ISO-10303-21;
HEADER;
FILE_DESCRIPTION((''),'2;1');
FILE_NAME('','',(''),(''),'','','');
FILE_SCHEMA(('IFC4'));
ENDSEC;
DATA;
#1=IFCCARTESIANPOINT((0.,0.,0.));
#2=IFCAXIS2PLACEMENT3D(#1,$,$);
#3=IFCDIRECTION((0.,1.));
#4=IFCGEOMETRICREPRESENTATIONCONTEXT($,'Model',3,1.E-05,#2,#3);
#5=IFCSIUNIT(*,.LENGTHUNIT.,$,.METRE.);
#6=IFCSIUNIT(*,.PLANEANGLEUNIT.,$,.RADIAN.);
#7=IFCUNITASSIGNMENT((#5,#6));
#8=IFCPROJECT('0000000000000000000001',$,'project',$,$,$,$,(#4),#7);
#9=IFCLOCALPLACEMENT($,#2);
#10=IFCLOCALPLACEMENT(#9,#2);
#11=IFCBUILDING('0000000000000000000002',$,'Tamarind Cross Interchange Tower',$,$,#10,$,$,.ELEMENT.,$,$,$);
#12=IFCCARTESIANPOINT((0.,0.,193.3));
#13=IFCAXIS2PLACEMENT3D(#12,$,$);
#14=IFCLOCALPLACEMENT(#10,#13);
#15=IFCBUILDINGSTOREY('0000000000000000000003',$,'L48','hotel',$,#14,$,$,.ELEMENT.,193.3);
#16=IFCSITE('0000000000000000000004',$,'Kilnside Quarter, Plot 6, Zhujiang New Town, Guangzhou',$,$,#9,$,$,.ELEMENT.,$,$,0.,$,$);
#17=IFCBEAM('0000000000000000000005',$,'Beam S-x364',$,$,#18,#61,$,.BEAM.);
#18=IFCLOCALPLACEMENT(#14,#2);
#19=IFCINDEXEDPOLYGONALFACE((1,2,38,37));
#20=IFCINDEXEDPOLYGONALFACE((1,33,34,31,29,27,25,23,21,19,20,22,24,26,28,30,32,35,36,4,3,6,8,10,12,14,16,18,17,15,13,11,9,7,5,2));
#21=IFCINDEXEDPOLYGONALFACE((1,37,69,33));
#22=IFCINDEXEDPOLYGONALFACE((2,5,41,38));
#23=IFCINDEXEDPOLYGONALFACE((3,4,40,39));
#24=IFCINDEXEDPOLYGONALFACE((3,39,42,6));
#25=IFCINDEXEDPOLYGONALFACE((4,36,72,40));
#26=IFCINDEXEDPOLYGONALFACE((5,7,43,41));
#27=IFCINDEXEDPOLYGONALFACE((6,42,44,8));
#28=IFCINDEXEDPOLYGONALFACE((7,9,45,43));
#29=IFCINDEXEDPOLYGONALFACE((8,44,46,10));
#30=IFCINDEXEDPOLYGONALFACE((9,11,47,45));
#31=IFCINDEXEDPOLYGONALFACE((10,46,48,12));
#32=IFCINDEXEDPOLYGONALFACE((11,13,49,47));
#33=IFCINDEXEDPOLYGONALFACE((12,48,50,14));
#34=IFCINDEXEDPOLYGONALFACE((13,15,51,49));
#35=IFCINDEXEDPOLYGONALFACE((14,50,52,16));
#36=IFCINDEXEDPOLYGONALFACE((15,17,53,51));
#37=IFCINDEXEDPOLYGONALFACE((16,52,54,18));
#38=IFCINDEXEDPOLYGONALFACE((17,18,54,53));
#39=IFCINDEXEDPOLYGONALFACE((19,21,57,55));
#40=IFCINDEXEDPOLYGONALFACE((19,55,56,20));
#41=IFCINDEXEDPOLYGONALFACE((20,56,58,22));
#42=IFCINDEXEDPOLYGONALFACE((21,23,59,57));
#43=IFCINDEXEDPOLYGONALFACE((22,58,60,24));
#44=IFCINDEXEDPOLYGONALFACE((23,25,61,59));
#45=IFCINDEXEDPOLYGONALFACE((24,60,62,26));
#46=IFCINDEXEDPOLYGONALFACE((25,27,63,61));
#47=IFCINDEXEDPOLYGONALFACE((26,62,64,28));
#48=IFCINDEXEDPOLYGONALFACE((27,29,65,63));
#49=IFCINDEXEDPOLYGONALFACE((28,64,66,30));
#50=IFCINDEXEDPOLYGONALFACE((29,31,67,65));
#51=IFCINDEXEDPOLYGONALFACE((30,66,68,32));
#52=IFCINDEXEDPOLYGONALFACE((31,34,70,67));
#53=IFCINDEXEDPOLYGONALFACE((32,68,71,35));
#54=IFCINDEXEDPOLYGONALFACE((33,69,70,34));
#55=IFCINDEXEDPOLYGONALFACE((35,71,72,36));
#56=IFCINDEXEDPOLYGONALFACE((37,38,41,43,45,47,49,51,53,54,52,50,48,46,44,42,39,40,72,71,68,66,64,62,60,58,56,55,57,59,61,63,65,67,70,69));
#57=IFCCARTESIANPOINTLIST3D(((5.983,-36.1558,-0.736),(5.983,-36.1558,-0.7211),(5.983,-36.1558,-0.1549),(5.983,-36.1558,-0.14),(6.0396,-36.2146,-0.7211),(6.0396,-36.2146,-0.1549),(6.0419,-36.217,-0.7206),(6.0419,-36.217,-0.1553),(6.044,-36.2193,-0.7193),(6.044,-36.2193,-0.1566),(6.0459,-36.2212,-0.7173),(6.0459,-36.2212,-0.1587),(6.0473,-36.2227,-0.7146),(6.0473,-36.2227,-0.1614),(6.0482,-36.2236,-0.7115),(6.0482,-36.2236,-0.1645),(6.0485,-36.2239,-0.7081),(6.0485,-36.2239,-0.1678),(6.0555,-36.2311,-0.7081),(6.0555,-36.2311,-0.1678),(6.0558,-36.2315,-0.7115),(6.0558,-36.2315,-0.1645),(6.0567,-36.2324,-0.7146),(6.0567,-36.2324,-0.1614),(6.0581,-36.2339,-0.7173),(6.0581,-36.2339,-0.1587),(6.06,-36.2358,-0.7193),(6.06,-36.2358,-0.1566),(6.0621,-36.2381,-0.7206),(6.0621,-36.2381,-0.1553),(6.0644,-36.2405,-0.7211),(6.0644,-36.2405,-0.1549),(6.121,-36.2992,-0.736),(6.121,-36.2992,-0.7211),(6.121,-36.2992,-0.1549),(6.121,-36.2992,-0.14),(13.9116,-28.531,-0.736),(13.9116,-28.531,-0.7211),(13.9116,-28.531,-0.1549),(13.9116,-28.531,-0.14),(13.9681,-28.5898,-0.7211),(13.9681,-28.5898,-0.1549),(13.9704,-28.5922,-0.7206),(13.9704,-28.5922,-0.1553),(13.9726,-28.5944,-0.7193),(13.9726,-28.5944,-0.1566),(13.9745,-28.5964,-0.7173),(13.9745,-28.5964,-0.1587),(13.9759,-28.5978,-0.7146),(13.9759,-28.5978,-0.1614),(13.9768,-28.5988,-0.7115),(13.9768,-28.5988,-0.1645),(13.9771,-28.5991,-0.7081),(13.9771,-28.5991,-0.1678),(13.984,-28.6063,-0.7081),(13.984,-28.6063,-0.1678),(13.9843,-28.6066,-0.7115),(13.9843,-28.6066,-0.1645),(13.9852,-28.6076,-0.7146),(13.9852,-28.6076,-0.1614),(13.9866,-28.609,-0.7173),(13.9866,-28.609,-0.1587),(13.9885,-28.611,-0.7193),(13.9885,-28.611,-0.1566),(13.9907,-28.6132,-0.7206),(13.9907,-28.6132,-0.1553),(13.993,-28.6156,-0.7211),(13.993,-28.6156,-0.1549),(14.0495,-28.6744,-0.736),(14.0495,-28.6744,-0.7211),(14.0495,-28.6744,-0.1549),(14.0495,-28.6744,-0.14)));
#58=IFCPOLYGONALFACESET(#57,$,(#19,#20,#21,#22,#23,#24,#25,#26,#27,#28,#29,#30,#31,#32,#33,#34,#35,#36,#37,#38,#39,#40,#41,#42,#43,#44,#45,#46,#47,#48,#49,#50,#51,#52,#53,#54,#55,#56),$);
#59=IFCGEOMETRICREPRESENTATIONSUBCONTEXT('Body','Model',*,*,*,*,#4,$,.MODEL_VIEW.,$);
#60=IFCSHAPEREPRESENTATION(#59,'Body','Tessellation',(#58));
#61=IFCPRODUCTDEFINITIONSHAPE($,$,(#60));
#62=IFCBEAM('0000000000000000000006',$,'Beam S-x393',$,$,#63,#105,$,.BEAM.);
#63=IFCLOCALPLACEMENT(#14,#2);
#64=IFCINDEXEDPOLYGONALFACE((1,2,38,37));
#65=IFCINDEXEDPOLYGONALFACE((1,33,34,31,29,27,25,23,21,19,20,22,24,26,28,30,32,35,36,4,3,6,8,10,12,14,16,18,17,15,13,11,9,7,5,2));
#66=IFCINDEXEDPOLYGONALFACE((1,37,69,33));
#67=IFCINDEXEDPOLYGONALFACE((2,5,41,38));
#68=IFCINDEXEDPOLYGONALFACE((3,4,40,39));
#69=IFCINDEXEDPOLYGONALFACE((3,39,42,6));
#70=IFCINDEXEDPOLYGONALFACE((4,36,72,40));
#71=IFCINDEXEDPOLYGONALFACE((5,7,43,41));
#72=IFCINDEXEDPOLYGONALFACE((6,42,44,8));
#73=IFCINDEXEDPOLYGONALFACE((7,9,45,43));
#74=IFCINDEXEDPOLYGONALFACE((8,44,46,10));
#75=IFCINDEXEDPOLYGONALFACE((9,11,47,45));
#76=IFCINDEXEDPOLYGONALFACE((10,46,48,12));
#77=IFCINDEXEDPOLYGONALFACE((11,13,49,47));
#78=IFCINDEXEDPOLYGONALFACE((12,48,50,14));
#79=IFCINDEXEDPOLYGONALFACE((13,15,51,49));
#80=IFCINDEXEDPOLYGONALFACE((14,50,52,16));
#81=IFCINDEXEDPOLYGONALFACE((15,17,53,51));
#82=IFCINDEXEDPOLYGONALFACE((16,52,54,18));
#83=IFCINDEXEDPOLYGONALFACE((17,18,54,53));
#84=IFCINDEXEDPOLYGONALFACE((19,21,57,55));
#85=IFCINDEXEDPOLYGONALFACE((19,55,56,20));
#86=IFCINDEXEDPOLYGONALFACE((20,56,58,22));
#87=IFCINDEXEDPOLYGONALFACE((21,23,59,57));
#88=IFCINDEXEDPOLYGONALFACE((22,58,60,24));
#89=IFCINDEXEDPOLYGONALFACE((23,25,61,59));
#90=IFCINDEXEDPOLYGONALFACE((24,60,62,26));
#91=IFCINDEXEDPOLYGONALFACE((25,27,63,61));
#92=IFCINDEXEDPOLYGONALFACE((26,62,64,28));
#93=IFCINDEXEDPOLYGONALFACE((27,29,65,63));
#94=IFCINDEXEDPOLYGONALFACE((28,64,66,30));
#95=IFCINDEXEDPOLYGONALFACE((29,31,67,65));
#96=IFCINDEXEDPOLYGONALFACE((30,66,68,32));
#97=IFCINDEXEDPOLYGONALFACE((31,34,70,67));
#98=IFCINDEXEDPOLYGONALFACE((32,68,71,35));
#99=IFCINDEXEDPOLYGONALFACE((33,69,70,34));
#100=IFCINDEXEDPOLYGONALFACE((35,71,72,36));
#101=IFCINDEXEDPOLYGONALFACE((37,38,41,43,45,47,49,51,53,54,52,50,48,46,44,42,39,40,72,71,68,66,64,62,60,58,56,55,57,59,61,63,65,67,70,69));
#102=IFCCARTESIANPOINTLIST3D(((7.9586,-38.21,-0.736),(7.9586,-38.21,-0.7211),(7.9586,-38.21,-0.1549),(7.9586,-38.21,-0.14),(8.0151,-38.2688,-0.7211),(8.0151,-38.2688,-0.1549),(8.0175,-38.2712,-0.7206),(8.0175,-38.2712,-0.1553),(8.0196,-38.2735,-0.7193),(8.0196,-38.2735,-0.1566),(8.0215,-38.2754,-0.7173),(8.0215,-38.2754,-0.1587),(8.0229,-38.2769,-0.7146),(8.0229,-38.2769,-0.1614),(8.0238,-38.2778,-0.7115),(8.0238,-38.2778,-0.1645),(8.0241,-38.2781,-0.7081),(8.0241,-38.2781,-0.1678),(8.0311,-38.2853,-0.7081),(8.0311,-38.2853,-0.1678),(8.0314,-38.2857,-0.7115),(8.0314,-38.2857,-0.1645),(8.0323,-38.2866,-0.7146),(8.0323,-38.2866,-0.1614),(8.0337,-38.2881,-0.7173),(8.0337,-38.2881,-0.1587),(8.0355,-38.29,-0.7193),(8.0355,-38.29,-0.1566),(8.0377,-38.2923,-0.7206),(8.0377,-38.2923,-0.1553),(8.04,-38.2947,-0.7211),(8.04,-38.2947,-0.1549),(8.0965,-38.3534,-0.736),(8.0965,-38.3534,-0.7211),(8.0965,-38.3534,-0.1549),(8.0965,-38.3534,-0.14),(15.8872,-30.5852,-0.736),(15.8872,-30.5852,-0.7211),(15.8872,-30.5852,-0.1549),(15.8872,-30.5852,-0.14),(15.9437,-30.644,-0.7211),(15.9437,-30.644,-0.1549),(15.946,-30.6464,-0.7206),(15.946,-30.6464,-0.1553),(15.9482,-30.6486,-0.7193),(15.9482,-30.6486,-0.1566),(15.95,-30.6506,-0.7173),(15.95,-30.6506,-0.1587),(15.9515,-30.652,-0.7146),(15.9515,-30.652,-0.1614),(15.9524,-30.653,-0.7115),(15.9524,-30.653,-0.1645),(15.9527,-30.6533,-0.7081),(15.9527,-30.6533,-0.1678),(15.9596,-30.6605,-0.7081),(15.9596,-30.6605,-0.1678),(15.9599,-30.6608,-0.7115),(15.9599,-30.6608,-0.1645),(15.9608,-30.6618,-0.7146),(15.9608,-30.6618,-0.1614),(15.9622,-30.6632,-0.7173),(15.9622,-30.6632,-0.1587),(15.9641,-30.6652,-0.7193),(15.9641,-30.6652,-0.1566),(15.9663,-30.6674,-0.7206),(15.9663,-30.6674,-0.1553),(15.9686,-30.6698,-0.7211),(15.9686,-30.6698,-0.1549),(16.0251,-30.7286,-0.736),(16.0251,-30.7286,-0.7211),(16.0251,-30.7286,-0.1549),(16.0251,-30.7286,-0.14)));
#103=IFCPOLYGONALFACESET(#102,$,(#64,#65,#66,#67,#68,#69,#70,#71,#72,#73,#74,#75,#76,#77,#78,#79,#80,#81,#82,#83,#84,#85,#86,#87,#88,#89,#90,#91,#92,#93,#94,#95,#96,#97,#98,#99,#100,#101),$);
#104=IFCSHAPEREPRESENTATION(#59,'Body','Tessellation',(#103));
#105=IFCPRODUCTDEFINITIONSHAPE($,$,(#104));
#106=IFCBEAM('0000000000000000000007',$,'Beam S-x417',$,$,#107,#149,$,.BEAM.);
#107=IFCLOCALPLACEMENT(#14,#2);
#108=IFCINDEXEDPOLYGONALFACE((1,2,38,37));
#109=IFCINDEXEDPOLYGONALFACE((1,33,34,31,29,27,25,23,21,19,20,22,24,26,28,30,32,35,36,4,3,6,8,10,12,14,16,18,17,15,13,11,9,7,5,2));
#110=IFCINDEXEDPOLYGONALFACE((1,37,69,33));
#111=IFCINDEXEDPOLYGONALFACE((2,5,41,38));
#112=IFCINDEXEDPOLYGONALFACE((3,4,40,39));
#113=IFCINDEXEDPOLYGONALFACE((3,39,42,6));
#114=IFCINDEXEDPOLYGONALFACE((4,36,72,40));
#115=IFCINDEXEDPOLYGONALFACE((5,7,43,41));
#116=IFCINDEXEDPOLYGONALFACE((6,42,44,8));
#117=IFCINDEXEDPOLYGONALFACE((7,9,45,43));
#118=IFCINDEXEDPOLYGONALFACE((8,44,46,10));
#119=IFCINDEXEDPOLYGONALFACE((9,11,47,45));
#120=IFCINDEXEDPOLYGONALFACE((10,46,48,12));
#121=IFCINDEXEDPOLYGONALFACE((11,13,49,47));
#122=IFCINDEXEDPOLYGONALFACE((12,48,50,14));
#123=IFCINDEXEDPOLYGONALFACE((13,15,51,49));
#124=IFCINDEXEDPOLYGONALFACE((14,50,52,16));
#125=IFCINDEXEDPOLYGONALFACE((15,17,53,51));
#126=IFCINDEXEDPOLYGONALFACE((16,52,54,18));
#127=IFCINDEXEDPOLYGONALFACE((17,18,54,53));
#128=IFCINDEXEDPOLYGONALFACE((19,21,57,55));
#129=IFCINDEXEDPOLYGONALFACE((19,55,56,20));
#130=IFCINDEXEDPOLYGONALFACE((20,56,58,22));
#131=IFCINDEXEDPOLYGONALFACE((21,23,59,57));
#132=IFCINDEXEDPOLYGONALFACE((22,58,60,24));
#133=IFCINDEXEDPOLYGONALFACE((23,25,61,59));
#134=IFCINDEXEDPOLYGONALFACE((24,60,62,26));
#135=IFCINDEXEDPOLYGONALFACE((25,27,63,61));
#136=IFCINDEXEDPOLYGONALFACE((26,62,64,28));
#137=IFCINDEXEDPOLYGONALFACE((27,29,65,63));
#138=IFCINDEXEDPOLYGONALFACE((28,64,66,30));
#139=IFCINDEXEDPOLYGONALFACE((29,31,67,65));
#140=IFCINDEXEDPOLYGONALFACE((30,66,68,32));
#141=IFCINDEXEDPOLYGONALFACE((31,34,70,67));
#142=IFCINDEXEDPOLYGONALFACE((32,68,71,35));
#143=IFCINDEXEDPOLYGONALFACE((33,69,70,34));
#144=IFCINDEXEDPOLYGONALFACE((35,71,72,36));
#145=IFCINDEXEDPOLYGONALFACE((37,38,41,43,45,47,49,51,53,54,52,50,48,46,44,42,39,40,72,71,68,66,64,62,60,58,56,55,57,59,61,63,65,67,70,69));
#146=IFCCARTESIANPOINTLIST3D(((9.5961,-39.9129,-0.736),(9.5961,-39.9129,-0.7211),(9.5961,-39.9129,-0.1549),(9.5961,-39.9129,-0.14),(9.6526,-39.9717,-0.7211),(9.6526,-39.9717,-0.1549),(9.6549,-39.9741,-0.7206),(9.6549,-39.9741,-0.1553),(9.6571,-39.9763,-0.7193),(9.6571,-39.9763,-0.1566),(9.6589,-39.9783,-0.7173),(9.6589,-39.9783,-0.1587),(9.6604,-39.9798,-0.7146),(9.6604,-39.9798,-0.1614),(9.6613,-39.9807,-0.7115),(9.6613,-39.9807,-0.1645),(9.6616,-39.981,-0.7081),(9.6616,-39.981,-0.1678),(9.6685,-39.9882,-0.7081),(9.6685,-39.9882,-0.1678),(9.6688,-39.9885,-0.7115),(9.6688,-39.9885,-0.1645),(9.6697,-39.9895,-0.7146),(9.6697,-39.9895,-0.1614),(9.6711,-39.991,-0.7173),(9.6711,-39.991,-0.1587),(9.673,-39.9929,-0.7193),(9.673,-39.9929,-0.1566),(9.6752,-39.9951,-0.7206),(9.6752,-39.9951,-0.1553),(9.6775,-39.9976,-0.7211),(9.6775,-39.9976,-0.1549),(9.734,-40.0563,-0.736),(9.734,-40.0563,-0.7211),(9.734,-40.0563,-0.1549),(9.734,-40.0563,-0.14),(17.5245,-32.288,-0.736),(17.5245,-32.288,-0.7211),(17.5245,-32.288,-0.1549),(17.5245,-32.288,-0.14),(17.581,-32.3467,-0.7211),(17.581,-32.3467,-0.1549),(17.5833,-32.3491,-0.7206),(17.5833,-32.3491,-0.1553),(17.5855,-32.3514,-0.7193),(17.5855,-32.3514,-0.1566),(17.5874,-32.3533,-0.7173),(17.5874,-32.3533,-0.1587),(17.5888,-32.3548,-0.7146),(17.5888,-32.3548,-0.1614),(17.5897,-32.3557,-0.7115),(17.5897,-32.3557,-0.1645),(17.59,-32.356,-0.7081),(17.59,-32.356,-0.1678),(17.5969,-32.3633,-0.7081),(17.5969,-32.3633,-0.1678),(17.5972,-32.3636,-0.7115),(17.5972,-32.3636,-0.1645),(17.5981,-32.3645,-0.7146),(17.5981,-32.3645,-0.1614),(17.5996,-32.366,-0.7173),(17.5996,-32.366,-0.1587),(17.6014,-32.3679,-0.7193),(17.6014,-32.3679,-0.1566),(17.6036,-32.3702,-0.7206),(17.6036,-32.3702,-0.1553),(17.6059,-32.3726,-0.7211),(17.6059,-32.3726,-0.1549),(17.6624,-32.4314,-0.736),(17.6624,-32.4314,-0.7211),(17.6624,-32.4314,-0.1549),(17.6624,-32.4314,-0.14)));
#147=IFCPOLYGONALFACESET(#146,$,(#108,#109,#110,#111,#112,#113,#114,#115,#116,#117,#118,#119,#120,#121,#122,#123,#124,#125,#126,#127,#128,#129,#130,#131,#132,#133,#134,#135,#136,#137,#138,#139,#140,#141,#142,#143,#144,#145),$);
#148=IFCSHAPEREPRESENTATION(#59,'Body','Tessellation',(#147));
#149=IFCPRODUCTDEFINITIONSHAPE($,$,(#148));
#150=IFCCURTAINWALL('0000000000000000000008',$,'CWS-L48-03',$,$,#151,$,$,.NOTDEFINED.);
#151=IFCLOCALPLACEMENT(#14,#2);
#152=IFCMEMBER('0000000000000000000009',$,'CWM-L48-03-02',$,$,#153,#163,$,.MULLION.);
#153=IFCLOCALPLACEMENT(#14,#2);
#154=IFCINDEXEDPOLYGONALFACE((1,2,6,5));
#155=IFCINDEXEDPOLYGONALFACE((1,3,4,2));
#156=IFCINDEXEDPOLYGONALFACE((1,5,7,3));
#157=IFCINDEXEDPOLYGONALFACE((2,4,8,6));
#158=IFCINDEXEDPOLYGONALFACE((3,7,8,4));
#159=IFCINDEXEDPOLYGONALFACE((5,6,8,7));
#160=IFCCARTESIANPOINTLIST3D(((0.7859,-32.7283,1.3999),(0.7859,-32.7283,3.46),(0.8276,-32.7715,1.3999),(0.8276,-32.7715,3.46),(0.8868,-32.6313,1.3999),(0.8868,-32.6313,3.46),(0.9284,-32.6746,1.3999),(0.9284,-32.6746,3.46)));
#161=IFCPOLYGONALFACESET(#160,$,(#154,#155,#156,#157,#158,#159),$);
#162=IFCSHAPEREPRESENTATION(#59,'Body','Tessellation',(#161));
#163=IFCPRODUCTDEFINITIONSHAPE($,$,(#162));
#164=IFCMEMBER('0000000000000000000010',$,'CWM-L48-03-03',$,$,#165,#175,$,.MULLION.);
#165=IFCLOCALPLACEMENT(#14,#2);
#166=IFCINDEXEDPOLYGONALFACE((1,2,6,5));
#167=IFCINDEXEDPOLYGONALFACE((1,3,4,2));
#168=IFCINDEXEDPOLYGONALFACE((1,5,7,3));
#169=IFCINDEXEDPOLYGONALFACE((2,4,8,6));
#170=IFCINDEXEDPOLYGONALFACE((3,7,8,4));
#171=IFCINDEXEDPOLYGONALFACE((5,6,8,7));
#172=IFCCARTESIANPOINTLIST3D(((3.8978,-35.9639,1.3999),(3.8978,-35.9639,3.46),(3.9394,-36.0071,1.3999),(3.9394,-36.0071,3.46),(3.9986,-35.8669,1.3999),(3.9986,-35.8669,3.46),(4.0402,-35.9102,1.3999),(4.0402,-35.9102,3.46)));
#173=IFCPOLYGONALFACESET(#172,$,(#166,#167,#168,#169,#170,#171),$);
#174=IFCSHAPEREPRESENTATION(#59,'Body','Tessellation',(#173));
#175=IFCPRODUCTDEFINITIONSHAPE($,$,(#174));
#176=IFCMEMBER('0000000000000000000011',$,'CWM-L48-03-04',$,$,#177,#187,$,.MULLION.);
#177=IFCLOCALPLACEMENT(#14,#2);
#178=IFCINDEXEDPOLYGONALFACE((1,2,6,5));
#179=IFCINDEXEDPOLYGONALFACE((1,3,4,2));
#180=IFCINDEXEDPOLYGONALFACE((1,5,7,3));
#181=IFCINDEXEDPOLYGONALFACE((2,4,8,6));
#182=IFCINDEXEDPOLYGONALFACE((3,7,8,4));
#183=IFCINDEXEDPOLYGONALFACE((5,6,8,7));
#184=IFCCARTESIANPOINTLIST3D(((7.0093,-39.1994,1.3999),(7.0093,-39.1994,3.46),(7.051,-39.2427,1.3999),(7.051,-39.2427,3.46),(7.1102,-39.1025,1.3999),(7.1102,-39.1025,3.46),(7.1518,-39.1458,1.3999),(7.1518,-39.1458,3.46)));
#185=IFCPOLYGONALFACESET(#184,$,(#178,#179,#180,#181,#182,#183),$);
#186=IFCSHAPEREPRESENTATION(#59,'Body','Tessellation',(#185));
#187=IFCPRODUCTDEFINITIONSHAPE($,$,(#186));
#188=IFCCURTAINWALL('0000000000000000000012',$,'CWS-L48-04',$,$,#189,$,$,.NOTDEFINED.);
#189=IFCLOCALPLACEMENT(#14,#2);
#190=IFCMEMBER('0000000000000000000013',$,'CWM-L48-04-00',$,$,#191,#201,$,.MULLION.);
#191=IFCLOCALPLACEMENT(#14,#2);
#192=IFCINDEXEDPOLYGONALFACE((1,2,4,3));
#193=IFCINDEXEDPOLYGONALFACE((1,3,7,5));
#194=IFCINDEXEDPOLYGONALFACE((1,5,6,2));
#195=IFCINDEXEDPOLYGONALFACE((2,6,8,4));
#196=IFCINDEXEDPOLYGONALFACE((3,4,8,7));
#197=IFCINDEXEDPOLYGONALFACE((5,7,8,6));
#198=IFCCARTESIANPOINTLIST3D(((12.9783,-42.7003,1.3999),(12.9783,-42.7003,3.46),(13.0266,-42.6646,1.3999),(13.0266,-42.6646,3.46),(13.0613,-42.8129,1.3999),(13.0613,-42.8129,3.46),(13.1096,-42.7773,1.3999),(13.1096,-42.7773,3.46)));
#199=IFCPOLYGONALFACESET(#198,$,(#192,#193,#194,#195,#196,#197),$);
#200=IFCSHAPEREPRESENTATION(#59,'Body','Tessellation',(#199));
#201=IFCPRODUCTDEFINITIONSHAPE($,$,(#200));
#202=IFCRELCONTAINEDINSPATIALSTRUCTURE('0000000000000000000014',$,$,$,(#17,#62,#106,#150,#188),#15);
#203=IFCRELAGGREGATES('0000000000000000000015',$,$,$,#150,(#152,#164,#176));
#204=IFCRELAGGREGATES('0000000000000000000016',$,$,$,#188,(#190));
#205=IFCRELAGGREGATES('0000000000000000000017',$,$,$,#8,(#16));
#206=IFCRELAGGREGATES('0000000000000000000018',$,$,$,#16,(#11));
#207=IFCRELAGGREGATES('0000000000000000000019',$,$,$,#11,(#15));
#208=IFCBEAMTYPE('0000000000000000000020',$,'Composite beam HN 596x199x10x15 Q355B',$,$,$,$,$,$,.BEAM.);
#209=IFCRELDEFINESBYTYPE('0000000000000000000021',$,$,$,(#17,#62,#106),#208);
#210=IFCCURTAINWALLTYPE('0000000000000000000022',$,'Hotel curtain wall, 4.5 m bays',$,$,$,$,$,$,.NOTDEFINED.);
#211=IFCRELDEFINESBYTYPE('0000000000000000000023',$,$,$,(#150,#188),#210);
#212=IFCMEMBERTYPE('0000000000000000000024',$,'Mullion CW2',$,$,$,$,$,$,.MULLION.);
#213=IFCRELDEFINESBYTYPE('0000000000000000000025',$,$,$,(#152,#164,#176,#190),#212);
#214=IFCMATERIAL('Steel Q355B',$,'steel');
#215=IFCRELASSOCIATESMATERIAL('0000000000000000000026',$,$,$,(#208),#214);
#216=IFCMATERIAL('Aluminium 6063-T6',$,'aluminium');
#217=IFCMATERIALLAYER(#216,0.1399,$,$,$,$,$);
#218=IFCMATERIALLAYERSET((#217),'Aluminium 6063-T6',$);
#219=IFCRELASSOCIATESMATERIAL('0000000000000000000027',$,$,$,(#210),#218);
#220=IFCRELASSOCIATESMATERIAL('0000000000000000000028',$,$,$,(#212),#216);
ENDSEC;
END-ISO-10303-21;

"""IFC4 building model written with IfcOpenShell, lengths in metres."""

from ifc_helpers import new_model, si_unit, direction, frame, origin, origin_2d, place, context, subcontext, project, spatial, rectangle, i_section, extrude, material, layer, layer_set, material_profile, profile_set, type_object, element, aggregate, save


model = new_model("IFC4")

# Units and contexts
model_context = context("Model", 3, precision=1e-05, world=origin(), true_north=direction((0.0, 1.0)))
body_context = subcontext(model_context, "Body", "Model", "MODEL_VIEW")
ifc_project = project(units=[si_unit("LENGTHUNIT", "METRE"), si_unit("PLANEANGLEUNIT", "RADIAN")], contexts=[model_context])

# Site, building, storey
site_placement = place(None, origin())
site = spatial("IfcSite", under=ifc_project, at=site_placement, Name="Kilnside Quarter, Plot 6, Zhujiang New Town, Guangzhou", CompositionType="ELEMENT", RefElevation=0.0)
building_placement = place(site_placement, origin())
building = spatial("IfcBuilding", under=site, at=building_placement, Name="Tamarind Cross Interchange Tower", CompositionType="ELEMENT")
storey_placement = place(building_placement, frame((0.0, 0.0, 193.3)))
storey = spatial("IfcBuildingStorey", under=building, at=storey_placement, Name="L48", Description="hotel", CompositionType="ELEMENT", Elevation=193.3)

# Beams
ifc_material_1 = material(Name="Steel Q355B", Category="steel")
ifc_material_profile_1 = material_profile(ifc_material_1, i_section(OverallWidth=0.199, OverallDepth=0.5959, WebThickness=0.01, FlangeThickness=0.0149, FilletRadius=0.0129, at=origin_2d()), Name="HN 596x199x10x15")
ifc_profile_set_1 = profile_set([ifc_material_profile_1], Name="Steel Q355B")
beam_type_1 = type_object("IfcBeamType", Name="Composite beam HN 596x199x10x15 Q355B", PredefinedType="BEAM", material=ifc_profile_set_1)
for number, where, z_axis, x_axis, name in (
    (1, (6.052, -36.2275, -0.438), (0.720777, 0.693167, 0.0), (-0.693167, 0.720777, 0.0), "Beam S-x364"),
    (2, (8.0276, -38.2817, -0.438), (0.720777, 0.693167, 0.0), (-0.693167, 0.720777, 0.0), "Beam S-x393"),
    (3, (9.665, -39.9846, -0.438), (0.720766, 0.693178, 0.0), (-0.693178, 0.720766, 0.0), "Beam S-x417"),
):
    element("IfcBeam", number, at=place(storey_placement, frame(where, z_axis=z_axis, x_axis=x_axis)), inside=storey, type_object=beam_type_1, Name=name, PredefinedType="BEAM", context=body_context, shape_type="SweptSolid", body=[
        extrude(i_section(OverallWidth=0.199, OverallDepth=0.5959, WebThickness=0.01, FlangeThickness=0.0149, FilletRadius=0.0129, at=origin_2d()), origin(), (0.0, 0.0, 1.0), 11.0),
    ])

# Curtain walls, members
ifc_material_2 = material(Name="Aluminium 6063-T6", Category="aluminium")
ifc_layer_1 = layer(ifc_material_2, 0.1399)
ifc_layer_set_1 = layer_set([ifc_layer_1], Name="Aluminium 6063-T6")
curtain_wall_type = type_object("IfcCurtainWallType", Name="Hotel curtain wall, 4.5 m bays", PredefinedType="NOTDEFINED", material=ifc_layer_set_1)
curtain_wall_1_placement = place(storey_placement, origin())
curtain_wall_1 = element("IfcCurtainWall", 4, at=curtain_wall_1_placement, inside=storey, type_object=curtain_wall_type, Name="CWS-L48-03", PredefinedType="NOTDEFINED")
ifc_material_profile_2 = material_profile(ifc_material_2, rectangle(XDim=0.0601, YDim=0.1399, at=origin_2d()), Name="Mullion CW2")
ifc_profile_set_2 = profile_set([ifc_material_profile_2], Name="Aluminium 6063-T6")
member_type = type_object("IfcMemberType", Name="Mullion CW2", PredefinedType="MULLION", material=ifc_profile_set_2)
member_1_placement = place(storey_placement, frame((0.8572, -32.7014, 1.3999), z_axis=(0.0, 0.0, 1.0), x_axis=(0.69317, -0.720774, 0.0)))
member_1 = element("IfcMember", 5, at=member_1_placement, type_object=member_type, Name="CWM-L48-03-02", PredefinedType="MULLION", context=body_context, shape_type="SweptSolid", body=[
    extrude(rectangle(XDim=0.0601, YDim=0.1399, at=origin_2d()), origin(), (0.0, 0.0, 1.0), 2.0601),
])
member_2_placement = place(storey_placement, frame((3.969, -35.937, 1.3999), z_axis=(0.0, 0.0, 1.0), x_axis=(0.69317, -0.720774, 0.0)))
member_2 = element("IfcMember", 6, at=member_2_placement, type_object=member_type, Name="CWM-L48-03-03", PredefinedType="MULLION", context=body_context, shape_type="SweptSolid", body=[
    extrude(rectangle(XDim=0.0601, YDim=0.1399, at=origin_2d()), origin(), (0.0, 0.0, 1.0), 2.0601),
])
member_3_placement = place(storey_placement, frame((7.0806, -39.1726, 1.3999), z_axis=(0.0, 0.0, 1.0), x_axis=(0.69317, -0.720774, 0.0)))
member_3 = element("IfcMember", 7, at=member_3_placement, type_object=member_type, Name="CWM-L48-03-04", PredefinedType="MULLION", context=body_context, shape_type="SweptSolid", body=[
    extrude(rectangle(XDim=0.0601, YDim=0.1399, at=origin_2d()), origin(), (0.0, 0.0, 1.0), 2.0601),
])
aggregate(curtain_wall_1, [member_1, member_2, member_3])
curtain_wall_2_placement = place(storey_placement, origin())
curtain_wall_2 = element("IfcCurtainWall", 8, at=curtain_wall_2_placement, inside=storey, type_object=curtain_wall_type, Name="CWS-L48-04", PredefinedType="NOTDEFINED")
member_4_placement = place(storey_placement, frame((13.0439, -42.7388, 1.3999), z_axis=(0.0, 0.0, 1.0), x_axis=(0.805084, 0.59316, 0.0)))
member_4 = element("IfcMember", 9, at=member_4_placement, type_object=member_type, Name="CWM-L48-04-00", PredefinedType="MULLION", context=body_context, shape_type="SweptSolid", body=[
    extrude(rectangle(XDim=0.0601, YDim=0.1399, at=origin_2d()), origin(), (0.0, 0.0, 1.0), 2.0601),
])
aggregate(curtain_wall_2, [member_4])

save(model, "model.ifc")
